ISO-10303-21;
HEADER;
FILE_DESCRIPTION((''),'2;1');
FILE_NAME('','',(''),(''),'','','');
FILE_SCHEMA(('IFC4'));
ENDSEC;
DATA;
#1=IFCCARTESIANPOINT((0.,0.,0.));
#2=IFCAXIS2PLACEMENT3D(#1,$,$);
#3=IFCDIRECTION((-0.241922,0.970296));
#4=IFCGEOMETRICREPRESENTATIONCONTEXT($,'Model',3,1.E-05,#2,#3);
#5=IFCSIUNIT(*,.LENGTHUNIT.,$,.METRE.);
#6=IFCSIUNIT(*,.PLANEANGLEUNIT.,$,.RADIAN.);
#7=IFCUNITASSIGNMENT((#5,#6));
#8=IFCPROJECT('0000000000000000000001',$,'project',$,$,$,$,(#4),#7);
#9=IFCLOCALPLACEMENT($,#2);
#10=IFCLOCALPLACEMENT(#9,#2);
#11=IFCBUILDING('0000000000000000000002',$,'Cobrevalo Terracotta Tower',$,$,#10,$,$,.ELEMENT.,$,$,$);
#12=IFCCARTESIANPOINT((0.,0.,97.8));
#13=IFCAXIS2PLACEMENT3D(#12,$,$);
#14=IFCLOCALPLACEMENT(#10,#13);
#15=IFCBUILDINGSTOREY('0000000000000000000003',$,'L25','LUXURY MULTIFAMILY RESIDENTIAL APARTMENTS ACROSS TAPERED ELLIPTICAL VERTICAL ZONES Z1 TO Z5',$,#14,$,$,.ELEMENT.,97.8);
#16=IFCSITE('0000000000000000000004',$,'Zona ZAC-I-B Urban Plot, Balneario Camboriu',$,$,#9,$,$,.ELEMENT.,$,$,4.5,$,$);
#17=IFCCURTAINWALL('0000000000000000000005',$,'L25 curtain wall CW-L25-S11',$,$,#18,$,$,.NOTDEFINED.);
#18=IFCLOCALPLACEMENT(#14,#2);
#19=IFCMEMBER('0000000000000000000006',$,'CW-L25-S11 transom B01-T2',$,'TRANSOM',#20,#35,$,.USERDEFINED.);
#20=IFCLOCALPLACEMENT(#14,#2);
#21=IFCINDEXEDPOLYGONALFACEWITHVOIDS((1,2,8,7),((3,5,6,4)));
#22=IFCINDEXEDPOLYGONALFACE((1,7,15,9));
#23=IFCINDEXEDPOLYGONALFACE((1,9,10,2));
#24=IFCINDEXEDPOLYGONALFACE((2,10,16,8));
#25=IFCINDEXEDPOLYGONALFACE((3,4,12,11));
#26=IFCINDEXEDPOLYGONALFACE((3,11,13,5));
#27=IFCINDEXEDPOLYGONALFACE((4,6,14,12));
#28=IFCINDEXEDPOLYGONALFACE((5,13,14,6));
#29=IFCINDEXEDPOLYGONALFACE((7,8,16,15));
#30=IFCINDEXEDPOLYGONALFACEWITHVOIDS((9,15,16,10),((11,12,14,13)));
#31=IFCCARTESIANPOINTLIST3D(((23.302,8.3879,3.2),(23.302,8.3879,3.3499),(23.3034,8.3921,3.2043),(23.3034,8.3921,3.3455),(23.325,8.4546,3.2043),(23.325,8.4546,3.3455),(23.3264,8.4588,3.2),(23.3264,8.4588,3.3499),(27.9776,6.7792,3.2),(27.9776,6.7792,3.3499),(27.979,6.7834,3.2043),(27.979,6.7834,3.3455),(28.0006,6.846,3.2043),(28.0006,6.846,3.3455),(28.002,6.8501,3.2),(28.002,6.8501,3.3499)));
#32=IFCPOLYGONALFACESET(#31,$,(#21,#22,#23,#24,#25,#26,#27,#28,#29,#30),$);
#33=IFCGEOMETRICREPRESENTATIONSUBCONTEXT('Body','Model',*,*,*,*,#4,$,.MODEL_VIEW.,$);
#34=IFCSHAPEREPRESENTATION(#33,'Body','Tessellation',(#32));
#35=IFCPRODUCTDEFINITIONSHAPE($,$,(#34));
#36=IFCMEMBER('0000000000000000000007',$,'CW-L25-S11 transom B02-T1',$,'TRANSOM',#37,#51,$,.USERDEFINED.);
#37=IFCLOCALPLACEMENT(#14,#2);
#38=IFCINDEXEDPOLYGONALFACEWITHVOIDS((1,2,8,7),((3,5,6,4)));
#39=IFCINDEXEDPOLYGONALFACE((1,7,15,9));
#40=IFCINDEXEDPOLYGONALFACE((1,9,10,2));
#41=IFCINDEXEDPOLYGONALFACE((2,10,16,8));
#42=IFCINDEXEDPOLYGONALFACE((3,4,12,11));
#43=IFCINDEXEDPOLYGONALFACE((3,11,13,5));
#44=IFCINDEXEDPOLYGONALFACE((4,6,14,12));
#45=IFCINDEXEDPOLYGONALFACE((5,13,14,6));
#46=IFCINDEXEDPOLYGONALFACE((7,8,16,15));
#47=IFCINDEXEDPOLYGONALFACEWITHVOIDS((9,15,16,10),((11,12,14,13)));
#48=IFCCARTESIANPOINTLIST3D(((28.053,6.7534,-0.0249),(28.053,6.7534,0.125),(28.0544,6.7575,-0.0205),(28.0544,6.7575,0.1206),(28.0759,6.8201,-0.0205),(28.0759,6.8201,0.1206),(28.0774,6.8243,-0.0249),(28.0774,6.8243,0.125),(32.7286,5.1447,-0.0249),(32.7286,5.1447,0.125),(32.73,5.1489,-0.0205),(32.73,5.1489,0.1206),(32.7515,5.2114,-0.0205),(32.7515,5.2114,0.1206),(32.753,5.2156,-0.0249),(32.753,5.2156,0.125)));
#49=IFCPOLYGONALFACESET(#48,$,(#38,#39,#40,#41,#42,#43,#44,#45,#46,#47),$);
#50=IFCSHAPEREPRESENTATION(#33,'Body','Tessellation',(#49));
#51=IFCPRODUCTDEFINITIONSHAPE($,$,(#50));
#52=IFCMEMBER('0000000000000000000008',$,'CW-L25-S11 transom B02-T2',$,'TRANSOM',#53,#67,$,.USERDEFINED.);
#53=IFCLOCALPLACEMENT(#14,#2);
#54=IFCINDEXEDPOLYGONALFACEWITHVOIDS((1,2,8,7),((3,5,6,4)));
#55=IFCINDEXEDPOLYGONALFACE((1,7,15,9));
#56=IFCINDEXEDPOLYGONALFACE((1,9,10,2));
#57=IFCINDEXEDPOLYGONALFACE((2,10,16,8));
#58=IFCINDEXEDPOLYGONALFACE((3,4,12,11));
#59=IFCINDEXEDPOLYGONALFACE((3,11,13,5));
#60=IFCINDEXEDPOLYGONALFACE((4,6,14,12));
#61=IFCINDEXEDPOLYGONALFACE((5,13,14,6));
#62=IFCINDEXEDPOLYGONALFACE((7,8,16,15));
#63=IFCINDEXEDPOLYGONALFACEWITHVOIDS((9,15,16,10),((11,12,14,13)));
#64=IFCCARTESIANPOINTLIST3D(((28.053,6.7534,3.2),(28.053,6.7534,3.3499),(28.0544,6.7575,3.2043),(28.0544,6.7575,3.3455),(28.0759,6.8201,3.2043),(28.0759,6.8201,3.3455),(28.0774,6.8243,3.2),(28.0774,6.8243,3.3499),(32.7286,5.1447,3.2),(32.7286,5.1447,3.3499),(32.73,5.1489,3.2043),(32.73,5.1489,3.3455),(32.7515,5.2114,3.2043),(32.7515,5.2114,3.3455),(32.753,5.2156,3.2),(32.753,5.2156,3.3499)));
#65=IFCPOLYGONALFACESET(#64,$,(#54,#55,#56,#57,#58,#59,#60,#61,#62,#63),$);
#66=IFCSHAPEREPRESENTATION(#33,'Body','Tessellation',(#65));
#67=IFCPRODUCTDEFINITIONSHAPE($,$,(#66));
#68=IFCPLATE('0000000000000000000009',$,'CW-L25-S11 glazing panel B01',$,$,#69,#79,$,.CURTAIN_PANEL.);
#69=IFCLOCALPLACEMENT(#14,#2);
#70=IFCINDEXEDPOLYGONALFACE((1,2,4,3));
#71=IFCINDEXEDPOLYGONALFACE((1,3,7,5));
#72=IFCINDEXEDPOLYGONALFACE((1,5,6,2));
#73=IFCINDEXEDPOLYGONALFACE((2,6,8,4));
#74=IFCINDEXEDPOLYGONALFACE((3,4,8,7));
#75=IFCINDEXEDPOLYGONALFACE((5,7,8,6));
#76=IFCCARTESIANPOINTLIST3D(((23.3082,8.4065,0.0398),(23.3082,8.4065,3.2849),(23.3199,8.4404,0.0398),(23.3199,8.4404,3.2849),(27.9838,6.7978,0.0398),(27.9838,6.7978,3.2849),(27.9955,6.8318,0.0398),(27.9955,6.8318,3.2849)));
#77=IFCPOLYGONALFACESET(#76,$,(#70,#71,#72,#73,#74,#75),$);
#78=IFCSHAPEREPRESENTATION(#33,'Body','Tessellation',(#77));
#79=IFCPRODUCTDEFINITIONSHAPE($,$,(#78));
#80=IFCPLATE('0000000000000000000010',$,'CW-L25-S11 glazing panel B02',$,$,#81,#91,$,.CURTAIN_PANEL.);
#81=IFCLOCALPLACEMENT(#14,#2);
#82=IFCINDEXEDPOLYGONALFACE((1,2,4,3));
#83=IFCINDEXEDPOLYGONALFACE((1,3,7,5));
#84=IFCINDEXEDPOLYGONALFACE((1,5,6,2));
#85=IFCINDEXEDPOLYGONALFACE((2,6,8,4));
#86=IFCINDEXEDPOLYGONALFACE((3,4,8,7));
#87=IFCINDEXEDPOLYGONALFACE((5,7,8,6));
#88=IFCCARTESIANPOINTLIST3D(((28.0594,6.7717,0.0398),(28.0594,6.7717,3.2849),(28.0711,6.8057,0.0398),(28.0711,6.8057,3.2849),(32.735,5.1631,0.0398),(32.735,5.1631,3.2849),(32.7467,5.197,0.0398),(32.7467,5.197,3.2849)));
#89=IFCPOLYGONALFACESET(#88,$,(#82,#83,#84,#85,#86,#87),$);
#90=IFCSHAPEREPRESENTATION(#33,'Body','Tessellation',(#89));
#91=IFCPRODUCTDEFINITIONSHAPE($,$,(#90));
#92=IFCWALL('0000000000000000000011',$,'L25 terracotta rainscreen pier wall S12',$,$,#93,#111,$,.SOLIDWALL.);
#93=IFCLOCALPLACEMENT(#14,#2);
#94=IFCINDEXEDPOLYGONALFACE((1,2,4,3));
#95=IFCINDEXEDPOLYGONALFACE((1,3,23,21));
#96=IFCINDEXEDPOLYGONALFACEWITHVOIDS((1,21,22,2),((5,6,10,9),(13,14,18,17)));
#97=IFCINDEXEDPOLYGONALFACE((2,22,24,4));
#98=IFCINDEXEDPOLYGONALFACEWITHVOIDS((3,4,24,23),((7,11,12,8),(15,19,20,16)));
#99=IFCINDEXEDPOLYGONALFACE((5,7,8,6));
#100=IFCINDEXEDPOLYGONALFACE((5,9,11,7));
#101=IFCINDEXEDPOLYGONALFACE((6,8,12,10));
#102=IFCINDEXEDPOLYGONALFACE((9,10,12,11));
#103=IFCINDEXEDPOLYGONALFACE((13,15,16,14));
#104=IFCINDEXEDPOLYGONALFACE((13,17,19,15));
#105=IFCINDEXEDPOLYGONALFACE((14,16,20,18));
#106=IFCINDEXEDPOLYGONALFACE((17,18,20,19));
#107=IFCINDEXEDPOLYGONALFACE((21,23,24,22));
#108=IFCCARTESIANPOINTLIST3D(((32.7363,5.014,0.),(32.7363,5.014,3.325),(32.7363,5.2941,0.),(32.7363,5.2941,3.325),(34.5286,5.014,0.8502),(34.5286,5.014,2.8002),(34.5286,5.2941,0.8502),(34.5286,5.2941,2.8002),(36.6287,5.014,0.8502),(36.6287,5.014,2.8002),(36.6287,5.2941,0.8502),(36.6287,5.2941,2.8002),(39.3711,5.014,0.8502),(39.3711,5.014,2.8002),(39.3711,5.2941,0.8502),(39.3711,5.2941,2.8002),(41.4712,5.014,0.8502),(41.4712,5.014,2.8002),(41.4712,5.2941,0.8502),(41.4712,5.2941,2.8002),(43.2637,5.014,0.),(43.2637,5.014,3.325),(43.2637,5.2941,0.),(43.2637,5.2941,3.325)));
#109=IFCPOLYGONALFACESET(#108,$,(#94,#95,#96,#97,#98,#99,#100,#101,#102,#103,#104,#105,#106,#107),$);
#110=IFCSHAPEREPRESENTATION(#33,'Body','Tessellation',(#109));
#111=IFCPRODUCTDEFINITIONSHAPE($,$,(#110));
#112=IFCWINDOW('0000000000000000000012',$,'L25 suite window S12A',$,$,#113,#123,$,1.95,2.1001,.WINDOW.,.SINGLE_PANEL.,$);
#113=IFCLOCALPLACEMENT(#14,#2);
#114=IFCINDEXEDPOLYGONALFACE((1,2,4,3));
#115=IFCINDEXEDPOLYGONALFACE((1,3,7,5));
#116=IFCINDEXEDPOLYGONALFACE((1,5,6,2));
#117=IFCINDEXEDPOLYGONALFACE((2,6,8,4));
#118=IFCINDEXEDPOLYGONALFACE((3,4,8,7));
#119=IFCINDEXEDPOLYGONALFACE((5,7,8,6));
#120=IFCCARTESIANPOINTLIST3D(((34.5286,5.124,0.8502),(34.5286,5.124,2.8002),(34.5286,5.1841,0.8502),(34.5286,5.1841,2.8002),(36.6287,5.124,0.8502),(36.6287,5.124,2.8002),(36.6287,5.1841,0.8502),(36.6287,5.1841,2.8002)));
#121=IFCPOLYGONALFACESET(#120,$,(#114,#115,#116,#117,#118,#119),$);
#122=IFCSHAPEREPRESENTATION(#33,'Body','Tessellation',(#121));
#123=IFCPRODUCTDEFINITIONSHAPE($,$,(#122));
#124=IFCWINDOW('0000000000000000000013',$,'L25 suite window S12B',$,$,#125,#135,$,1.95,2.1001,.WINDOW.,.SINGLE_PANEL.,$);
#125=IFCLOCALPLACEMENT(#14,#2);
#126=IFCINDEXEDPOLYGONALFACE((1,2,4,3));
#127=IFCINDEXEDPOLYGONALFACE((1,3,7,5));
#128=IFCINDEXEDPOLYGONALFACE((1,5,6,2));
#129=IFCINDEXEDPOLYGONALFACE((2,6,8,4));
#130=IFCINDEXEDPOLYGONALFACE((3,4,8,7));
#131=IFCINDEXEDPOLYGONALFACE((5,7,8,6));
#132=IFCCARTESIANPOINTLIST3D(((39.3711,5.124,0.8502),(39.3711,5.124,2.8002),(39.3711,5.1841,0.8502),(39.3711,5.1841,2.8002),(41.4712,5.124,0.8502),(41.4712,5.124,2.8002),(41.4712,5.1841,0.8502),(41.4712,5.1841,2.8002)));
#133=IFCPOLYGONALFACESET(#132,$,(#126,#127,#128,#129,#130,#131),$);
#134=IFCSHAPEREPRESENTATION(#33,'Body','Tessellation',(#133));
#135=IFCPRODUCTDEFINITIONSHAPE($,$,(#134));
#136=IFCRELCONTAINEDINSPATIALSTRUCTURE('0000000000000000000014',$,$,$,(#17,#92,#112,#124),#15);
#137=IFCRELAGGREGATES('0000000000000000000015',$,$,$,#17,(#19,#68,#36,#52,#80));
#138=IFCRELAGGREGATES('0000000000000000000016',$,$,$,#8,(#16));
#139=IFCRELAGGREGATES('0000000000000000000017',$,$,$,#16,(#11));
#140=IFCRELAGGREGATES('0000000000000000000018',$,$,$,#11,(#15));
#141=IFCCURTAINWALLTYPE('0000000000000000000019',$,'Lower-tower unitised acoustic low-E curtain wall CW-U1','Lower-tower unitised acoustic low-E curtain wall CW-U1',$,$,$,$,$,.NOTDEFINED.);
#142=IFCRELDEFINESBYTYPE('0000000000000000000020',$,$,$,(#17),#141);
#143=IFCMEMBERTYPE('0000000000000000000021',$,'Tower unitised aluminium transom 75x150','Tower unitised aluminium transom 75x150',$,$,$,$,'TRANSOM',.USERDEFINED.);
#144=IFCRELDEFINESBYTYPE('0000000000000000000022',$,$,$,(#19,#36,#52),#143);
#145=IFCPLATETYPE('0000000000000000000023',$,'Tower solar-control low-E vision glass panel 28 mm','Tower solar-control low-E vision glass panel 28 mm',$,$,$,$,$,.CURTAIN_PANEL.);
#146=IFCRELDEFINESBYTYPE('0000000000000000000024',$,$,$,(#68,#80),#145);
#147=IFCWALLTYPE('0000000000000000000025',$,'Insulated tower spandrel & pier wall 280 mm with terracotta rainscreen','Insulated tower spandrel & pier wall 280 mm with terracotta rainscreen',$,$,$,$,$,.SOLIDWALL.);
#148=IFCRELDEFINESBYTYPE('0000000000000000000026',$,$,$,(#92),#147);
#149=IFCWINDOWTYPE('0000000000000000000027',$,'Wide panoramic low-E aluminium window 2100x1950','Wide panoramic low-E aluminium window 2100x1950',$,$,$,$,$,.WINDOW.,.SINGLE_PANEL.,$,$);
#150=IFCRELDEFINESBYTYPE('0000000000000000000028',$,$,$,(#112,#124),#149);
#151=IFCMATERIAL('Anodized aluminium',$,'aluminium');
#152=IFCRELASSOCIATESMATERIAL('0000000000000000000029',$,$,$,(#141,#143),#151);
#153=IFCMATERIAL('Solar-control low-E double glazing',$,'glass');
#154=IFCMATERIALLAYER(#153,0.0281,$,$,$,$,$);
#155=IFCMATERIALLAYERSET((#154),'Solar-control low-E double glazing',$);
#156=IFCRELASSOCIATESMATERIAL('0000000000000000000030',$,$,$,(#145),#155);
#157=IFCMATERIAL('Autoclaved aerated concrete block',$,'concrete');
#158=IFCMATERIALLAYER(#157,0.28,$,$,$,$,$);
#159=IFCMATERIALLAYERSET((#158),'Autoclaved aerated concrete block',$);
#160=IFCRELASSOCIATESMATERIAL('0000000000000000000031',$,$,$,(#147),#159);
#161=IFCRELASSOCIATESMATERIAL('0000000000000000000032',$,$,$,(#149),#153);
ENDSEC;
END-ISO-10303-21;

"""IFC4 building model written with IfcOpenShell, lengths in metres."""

from ifc_helpers import new_model, si_unit, direction, frame, frame_2d, origin, origin_2d, place, context, subcontext, project, spatial, rectangle, hollow_rectangle, extrude, source, transform, mapped, material, layer, layer_set, material_profile, profile_set, type_object, element, fill, aggregate, save


model = new_model("IFC4")

# Units and contexts
model_context = context("Model", 3, precision=1e-05, world=origin(), true_north=direction((-0.241922, 0.970296)))
body_context = subcontext(model_context, "Body", "Model", "MODEL_VIEW")
ifc_project = project(units=[si_unit("LENGTHUNIT", "METRE"), si_unit("PLANEANGLEUNIT", "RADIAN")], contexts=[model_context])

# Site, building, storey
site_placement = place(None, origin())
site = spatial("IfcSite", under=ifc_project, at=site_placement, Name="Zona ZAC-I-B Urban Plot, Balneario Camboriu", CompositionType="ELEMENT", RefElevation=4.5)
building_placement = place(site_placement, origin())
building = spatial("IfcBuilding", under=site, at=building_placement, Name="Cobrevalo Terracotta Tower", CompositionType="ELEMENT")
storey_placement = place(building_placement, frame((0.0, 0.0, 97.8)))
storey = spatial("IfcBuildingStorey", under=building, at=storey_placement, Name="L25", Description="LUXURY MULTIFAMILY RESIDENTIAL APARTMENTS ACROSS TAPERED ELLIPTICAL VERTICAL ZONES Z1 TO Z5", CompositionType="ELEMENT", Elevation=97.8)

# Curtain wall, members, plates
ifc_material_1 = material(Name="Anodized aluminium", Category="aluminium")
curtain_wall_type = type_object("IfcCurtainWallType", Name="Lower-tower unitised acoustic low-E curtain wall CW-U1", Description="Lower-tower unitised acoustic low-E curtain wall CW-U1", PredefinedType="NOTDEFINED", material=ifc_material_1)
curtain_wall_placement = place(storey_placement, origin())
curtain_wall = element("IfcCurtainWall", 1, at=curtain_wall_placement, inside=storey, type_object=curtain_wall_type, Name="L25 curtain wall CW-L25-S11", PredefinedType="NOTDEFINED")
ifc_material_profile_1 = material_profile(ifc_material_1, hollow_rectangle(XDim=0.075, YDim=0.1499, WallThickness=0.0044, at=origin_2d()), Name="CWT 75x150")
ifc_profile_set_1 = profile_set([ifc_material_profile_1], Name="Anodized aluminium")
member_type_1 = type_object("IfcMemberType", Name="Tower unitised aluminium transom 75x150", Description="Tower unitised aluminium transom 75x150", ElementType="TRANSOM", PredefinedType="USERDEFINED", material=ifc_profile_set_1)
shared_shape_1 = source(origin(), body_context, "Body", "SweptSolid", [
    extrude(hollow_rectangle(XDim=0.075, YDim=0.1499, WallThickness=0.0044, at=origin_2d()), origin(), (0.0, 0.0, 1.0), 4.9446),
])
member_1_placement = place(storey_placement, frame((23.3142, 8.4233, 3.2749), z_axis=(0.945598, -0.325338, 0.0), x_axis=(0.325338, 0.945598, 0.0)))
member_1 = element("IfcMember", 2, at=member_1_placement, type_object=member_type_1, Name="CW-L25-S11 transom B01-T2", ObjectType="TRANSOM", PredefinedType="USERDEFINED", context=body_context, shape_type="MappedRepresentation", body=[
    mapped(shared_shape_1, transform((0.0, 0.0, 0.0), scale=1.0)),
])
member_2_placement = place(storey_placement, frame((28.0652, 6.7888, 0.05), z_axis=(0.945598, -0.325338, 0.0), x_axis=(0.325338, 0.945598, 0.0)))
member_2 = element("IfcMember", 3, at=member_2_placement, type_object=member_type_1, Name="CW-L25-S11 transom B02-T1", ObjectType="TRANSOM", PredefinedType="USERDEFINED", context=body_context, shape_type="MappedRepresentation", body=[
    mapped(shared_shape_1, transform((0.0, 0.0, 0.0), scale=1.0)),
])
member_3_placement = place(storey_placement, frame((28.0652, 6.7888, 3.2749), z_axis=(0.945598, -0.325338, 0.0), x_axis=(0.325338, 0.945598, 0.0)))
member_3 = element("IfcMember", 4, at=member_3_placement, type_object=member_type_1, Name="CW-L25-S11 transom B02-T2", ObjectType="TRANSOM", PredefinedType="USERDEFINED", context=body_context, shape_type="MappedRepresentation", body=[
    mapped(shared_shape_1, transform((0.0, 0.0, 0.0), scale=1.0)),
])
ifc_material_2 = material(Name="Solar-control low-E double glazing", Category="glass")
ifc_layer_1 = layer(ifc_material_2, 0.0281)
ifc_layer_set_1 = layer_set([ifc_layer_1], Name="Solar-control low-E double glazing")
plate_type = type_object("IfcPlateType", Name="Tower solar-control low-E vision glass panel 28 mm", Description="Tower solar-control low-E vision glass panel 28 mm", PredefinedType="CURTAIN_PANEL", material=ifc_layer_set_1)
shared_shape_2 = source(origin(), body_context, "Body", "SweptSolid", [
    extrude(rectangle(XDim=4.9446, YDim=0.0359, at=origin_2d()), origin(), (0.0, 0.0, 1.0), 3.2451),
])
plate_1_placement = place(storey_placement, frame((25.6519, 7.6191, 0.0398), z_axis=(0.0, 0.0, 1.0), x_axis=(0.945596, -0.325342, 0.0)))
plate_1 = element("IfcPlate", 5, at=plate_1_placement, type_object=plate_type, Name="CW-L25-S11 glazing panel B01", PredefinedType="CURTAIN_PANEL", context=body_context, shape_type="MappedRepresentation", body=[
    mapped(shared_shape_2, transform((0.0, 0.0, 0.0), scale=1.0)),
])
plate_2_placement = place(storey_placement, frame((30.4031, 5.9844, 0.0398), z_axis=(0.0, 0.0, 1.0), x_axis=(0.945596, -0.325342, 0.0)))
plate_2 = element("IfcPlate", 6, at=plate_2_placement, type_object=plate_type, Name="CW-L25-S11 glazing panel B02", PredefinedType="CURTAIN_PANEL", context=body_context, shape_type="MappedRepresentation", body=[
    mapped(shared_shape_2, transform((0.0, 0.0, 0.0), scale=1.0)),
])
aggregate(curtain_wall, [member_1, plate_1, member_2, member_3, plate_2])

# Wall, openings, windows
ifc_material_3 = material(Name="Autoclaved aerated concrete block", Category="concrete")
ifc_layer_2 = layer(ifc_material_3, 0.28)
ifc_layer_set_2 = layer_set([ifc_layer_2], Name="Autoclaved aerated concrete block")
wall_type_1 = type_object("IfcWallType", Name="Insulated tower spandrel & pier wall 280 mm with terracotta rainscreen", Description="Insulated tower spandrel & pier wall 280 mm with terracotta rainscreen", PredefinedType="SOLIDWALL", material=ifc_layer_set_2)
wall_1_placement = place(storey_placement, frame((32.7363, 5.1541, 0.0), z_axis=(0.0, 0.0, 1.0), x_axis=(1.0, 0.0, 0.0)))
wall_1 = element("IfcWall", 7, at=wall_1_placement, inside=storey, type_object=wall_type_1, Name="L25 terracotta rainscreen pier wall S12", PredefinedType="SOLIDWALL", context=body_context, shape_type="SweptSolid", body=[
    extrude(rectangle(XDim=10.5273, YDim=0.28, at=frame_2d((5.2637, 0.0))), origin(), (0.0, 0.0, 1.0), 3.325),
])
opening_1_placement = place(wall_1_placement, frame((1.7922, 0.0, 0.8501)))
opening_1 = element("IfcOpeningElement", 8, at=opening_1_placement, cuts=wall_1, PredefinedType="OPENING", context=body_context, shape_type="SweptSolid", body=[
    extrude(rectangle(XDim=2.1001, YDim=1.95, at=frame_2d((1.05, 0.9751))), frame((0.0, 0.1499, 0.0), z_axis=(0.0, -1.0, 0.0), x_axis=(1.0, 0.0, 0.0)), (0.0, 0.0, 1.0), 0.3),
])
opening_2_placement = place(wall_1_placement, frame((6.6348, 0.0, 0.8501)))
opening_2 = element("IfcOpeningElement", 9, at=opening_2_placement, cuts=wall_1, PredefinedType="OPENING", context=body_context, shape_type="SweptSolid", body=[
    extrude(rectangle(XDim=2.1001, YDim=1.95, at=frame_2d((1.05, 0.9751))), frame((0.0, 0.1499, 0.0), z_axis=(0.0, -1.0, 0.0), x_axis=(1.0, 0.0, 0.0)), (0.0, 0.0, 1.0), 0.3),
])
window_type = type_object("IfcWindowType", Name="Wide panoramic low-E aluminium window 2100x1950", Description="Wide panoramic low-E aluminium window 2100x1950", PartitioningType="SINGLE_PANEL", PredefinedType="WINDOW", material=ifc_material_2)
shared_shape_3 = source(origin(), body_context, "Body", "SweptSolid", [
    extrude(rectangle(XDim=2.1001, YDim=1.95, at=frame_2d((1.05, 0.9751))), frame((0.0, 0.03, 0.0), z_axis=(0.0, -1.0, 0.0), x_axis=(1.0, 0.0, 0.0)), (0.0, 0.0, 1.0), 0.0601),
])
window_1_placement = place(opening_1_placement, origin())
window_1 = element("IfcWindow", 10, at=window_1_placement, inside=storey, type_object=window_type, Name="L25 suite window S12A", OverallHeight=1.95, OverallWidth=2.1001, PartitioningType="SINGLE_PANEL", PredefinedType="WINDOW", context=body_context, shape_type="MappedRepresentation", body=[
    mapped(shared_shape_3, transform((0.0, 0.0, 0.0), scale=1.0)),
])
fill(opening_1, window_1)
window_2_placement = place(opening_2_placement, origin())
window_2 = element("IfcWindow", 11, at=window_2_placement, inside=storey, type_object=window_type, Name="L25 suite window S12B", OverallHeight=1.95, OverallWidth=2.1001, PartitioningType="SINGLE_PANEL", PredefinedType="WINDOW", context=body_context, shape_type="MappedRepresentation", body=[
    mapped(shared_shape_3, transform((0.0, 0.0, 0.0), scale=1.0)),
])
fill(opening_2, window_2)

save(model, "model.ifc")
